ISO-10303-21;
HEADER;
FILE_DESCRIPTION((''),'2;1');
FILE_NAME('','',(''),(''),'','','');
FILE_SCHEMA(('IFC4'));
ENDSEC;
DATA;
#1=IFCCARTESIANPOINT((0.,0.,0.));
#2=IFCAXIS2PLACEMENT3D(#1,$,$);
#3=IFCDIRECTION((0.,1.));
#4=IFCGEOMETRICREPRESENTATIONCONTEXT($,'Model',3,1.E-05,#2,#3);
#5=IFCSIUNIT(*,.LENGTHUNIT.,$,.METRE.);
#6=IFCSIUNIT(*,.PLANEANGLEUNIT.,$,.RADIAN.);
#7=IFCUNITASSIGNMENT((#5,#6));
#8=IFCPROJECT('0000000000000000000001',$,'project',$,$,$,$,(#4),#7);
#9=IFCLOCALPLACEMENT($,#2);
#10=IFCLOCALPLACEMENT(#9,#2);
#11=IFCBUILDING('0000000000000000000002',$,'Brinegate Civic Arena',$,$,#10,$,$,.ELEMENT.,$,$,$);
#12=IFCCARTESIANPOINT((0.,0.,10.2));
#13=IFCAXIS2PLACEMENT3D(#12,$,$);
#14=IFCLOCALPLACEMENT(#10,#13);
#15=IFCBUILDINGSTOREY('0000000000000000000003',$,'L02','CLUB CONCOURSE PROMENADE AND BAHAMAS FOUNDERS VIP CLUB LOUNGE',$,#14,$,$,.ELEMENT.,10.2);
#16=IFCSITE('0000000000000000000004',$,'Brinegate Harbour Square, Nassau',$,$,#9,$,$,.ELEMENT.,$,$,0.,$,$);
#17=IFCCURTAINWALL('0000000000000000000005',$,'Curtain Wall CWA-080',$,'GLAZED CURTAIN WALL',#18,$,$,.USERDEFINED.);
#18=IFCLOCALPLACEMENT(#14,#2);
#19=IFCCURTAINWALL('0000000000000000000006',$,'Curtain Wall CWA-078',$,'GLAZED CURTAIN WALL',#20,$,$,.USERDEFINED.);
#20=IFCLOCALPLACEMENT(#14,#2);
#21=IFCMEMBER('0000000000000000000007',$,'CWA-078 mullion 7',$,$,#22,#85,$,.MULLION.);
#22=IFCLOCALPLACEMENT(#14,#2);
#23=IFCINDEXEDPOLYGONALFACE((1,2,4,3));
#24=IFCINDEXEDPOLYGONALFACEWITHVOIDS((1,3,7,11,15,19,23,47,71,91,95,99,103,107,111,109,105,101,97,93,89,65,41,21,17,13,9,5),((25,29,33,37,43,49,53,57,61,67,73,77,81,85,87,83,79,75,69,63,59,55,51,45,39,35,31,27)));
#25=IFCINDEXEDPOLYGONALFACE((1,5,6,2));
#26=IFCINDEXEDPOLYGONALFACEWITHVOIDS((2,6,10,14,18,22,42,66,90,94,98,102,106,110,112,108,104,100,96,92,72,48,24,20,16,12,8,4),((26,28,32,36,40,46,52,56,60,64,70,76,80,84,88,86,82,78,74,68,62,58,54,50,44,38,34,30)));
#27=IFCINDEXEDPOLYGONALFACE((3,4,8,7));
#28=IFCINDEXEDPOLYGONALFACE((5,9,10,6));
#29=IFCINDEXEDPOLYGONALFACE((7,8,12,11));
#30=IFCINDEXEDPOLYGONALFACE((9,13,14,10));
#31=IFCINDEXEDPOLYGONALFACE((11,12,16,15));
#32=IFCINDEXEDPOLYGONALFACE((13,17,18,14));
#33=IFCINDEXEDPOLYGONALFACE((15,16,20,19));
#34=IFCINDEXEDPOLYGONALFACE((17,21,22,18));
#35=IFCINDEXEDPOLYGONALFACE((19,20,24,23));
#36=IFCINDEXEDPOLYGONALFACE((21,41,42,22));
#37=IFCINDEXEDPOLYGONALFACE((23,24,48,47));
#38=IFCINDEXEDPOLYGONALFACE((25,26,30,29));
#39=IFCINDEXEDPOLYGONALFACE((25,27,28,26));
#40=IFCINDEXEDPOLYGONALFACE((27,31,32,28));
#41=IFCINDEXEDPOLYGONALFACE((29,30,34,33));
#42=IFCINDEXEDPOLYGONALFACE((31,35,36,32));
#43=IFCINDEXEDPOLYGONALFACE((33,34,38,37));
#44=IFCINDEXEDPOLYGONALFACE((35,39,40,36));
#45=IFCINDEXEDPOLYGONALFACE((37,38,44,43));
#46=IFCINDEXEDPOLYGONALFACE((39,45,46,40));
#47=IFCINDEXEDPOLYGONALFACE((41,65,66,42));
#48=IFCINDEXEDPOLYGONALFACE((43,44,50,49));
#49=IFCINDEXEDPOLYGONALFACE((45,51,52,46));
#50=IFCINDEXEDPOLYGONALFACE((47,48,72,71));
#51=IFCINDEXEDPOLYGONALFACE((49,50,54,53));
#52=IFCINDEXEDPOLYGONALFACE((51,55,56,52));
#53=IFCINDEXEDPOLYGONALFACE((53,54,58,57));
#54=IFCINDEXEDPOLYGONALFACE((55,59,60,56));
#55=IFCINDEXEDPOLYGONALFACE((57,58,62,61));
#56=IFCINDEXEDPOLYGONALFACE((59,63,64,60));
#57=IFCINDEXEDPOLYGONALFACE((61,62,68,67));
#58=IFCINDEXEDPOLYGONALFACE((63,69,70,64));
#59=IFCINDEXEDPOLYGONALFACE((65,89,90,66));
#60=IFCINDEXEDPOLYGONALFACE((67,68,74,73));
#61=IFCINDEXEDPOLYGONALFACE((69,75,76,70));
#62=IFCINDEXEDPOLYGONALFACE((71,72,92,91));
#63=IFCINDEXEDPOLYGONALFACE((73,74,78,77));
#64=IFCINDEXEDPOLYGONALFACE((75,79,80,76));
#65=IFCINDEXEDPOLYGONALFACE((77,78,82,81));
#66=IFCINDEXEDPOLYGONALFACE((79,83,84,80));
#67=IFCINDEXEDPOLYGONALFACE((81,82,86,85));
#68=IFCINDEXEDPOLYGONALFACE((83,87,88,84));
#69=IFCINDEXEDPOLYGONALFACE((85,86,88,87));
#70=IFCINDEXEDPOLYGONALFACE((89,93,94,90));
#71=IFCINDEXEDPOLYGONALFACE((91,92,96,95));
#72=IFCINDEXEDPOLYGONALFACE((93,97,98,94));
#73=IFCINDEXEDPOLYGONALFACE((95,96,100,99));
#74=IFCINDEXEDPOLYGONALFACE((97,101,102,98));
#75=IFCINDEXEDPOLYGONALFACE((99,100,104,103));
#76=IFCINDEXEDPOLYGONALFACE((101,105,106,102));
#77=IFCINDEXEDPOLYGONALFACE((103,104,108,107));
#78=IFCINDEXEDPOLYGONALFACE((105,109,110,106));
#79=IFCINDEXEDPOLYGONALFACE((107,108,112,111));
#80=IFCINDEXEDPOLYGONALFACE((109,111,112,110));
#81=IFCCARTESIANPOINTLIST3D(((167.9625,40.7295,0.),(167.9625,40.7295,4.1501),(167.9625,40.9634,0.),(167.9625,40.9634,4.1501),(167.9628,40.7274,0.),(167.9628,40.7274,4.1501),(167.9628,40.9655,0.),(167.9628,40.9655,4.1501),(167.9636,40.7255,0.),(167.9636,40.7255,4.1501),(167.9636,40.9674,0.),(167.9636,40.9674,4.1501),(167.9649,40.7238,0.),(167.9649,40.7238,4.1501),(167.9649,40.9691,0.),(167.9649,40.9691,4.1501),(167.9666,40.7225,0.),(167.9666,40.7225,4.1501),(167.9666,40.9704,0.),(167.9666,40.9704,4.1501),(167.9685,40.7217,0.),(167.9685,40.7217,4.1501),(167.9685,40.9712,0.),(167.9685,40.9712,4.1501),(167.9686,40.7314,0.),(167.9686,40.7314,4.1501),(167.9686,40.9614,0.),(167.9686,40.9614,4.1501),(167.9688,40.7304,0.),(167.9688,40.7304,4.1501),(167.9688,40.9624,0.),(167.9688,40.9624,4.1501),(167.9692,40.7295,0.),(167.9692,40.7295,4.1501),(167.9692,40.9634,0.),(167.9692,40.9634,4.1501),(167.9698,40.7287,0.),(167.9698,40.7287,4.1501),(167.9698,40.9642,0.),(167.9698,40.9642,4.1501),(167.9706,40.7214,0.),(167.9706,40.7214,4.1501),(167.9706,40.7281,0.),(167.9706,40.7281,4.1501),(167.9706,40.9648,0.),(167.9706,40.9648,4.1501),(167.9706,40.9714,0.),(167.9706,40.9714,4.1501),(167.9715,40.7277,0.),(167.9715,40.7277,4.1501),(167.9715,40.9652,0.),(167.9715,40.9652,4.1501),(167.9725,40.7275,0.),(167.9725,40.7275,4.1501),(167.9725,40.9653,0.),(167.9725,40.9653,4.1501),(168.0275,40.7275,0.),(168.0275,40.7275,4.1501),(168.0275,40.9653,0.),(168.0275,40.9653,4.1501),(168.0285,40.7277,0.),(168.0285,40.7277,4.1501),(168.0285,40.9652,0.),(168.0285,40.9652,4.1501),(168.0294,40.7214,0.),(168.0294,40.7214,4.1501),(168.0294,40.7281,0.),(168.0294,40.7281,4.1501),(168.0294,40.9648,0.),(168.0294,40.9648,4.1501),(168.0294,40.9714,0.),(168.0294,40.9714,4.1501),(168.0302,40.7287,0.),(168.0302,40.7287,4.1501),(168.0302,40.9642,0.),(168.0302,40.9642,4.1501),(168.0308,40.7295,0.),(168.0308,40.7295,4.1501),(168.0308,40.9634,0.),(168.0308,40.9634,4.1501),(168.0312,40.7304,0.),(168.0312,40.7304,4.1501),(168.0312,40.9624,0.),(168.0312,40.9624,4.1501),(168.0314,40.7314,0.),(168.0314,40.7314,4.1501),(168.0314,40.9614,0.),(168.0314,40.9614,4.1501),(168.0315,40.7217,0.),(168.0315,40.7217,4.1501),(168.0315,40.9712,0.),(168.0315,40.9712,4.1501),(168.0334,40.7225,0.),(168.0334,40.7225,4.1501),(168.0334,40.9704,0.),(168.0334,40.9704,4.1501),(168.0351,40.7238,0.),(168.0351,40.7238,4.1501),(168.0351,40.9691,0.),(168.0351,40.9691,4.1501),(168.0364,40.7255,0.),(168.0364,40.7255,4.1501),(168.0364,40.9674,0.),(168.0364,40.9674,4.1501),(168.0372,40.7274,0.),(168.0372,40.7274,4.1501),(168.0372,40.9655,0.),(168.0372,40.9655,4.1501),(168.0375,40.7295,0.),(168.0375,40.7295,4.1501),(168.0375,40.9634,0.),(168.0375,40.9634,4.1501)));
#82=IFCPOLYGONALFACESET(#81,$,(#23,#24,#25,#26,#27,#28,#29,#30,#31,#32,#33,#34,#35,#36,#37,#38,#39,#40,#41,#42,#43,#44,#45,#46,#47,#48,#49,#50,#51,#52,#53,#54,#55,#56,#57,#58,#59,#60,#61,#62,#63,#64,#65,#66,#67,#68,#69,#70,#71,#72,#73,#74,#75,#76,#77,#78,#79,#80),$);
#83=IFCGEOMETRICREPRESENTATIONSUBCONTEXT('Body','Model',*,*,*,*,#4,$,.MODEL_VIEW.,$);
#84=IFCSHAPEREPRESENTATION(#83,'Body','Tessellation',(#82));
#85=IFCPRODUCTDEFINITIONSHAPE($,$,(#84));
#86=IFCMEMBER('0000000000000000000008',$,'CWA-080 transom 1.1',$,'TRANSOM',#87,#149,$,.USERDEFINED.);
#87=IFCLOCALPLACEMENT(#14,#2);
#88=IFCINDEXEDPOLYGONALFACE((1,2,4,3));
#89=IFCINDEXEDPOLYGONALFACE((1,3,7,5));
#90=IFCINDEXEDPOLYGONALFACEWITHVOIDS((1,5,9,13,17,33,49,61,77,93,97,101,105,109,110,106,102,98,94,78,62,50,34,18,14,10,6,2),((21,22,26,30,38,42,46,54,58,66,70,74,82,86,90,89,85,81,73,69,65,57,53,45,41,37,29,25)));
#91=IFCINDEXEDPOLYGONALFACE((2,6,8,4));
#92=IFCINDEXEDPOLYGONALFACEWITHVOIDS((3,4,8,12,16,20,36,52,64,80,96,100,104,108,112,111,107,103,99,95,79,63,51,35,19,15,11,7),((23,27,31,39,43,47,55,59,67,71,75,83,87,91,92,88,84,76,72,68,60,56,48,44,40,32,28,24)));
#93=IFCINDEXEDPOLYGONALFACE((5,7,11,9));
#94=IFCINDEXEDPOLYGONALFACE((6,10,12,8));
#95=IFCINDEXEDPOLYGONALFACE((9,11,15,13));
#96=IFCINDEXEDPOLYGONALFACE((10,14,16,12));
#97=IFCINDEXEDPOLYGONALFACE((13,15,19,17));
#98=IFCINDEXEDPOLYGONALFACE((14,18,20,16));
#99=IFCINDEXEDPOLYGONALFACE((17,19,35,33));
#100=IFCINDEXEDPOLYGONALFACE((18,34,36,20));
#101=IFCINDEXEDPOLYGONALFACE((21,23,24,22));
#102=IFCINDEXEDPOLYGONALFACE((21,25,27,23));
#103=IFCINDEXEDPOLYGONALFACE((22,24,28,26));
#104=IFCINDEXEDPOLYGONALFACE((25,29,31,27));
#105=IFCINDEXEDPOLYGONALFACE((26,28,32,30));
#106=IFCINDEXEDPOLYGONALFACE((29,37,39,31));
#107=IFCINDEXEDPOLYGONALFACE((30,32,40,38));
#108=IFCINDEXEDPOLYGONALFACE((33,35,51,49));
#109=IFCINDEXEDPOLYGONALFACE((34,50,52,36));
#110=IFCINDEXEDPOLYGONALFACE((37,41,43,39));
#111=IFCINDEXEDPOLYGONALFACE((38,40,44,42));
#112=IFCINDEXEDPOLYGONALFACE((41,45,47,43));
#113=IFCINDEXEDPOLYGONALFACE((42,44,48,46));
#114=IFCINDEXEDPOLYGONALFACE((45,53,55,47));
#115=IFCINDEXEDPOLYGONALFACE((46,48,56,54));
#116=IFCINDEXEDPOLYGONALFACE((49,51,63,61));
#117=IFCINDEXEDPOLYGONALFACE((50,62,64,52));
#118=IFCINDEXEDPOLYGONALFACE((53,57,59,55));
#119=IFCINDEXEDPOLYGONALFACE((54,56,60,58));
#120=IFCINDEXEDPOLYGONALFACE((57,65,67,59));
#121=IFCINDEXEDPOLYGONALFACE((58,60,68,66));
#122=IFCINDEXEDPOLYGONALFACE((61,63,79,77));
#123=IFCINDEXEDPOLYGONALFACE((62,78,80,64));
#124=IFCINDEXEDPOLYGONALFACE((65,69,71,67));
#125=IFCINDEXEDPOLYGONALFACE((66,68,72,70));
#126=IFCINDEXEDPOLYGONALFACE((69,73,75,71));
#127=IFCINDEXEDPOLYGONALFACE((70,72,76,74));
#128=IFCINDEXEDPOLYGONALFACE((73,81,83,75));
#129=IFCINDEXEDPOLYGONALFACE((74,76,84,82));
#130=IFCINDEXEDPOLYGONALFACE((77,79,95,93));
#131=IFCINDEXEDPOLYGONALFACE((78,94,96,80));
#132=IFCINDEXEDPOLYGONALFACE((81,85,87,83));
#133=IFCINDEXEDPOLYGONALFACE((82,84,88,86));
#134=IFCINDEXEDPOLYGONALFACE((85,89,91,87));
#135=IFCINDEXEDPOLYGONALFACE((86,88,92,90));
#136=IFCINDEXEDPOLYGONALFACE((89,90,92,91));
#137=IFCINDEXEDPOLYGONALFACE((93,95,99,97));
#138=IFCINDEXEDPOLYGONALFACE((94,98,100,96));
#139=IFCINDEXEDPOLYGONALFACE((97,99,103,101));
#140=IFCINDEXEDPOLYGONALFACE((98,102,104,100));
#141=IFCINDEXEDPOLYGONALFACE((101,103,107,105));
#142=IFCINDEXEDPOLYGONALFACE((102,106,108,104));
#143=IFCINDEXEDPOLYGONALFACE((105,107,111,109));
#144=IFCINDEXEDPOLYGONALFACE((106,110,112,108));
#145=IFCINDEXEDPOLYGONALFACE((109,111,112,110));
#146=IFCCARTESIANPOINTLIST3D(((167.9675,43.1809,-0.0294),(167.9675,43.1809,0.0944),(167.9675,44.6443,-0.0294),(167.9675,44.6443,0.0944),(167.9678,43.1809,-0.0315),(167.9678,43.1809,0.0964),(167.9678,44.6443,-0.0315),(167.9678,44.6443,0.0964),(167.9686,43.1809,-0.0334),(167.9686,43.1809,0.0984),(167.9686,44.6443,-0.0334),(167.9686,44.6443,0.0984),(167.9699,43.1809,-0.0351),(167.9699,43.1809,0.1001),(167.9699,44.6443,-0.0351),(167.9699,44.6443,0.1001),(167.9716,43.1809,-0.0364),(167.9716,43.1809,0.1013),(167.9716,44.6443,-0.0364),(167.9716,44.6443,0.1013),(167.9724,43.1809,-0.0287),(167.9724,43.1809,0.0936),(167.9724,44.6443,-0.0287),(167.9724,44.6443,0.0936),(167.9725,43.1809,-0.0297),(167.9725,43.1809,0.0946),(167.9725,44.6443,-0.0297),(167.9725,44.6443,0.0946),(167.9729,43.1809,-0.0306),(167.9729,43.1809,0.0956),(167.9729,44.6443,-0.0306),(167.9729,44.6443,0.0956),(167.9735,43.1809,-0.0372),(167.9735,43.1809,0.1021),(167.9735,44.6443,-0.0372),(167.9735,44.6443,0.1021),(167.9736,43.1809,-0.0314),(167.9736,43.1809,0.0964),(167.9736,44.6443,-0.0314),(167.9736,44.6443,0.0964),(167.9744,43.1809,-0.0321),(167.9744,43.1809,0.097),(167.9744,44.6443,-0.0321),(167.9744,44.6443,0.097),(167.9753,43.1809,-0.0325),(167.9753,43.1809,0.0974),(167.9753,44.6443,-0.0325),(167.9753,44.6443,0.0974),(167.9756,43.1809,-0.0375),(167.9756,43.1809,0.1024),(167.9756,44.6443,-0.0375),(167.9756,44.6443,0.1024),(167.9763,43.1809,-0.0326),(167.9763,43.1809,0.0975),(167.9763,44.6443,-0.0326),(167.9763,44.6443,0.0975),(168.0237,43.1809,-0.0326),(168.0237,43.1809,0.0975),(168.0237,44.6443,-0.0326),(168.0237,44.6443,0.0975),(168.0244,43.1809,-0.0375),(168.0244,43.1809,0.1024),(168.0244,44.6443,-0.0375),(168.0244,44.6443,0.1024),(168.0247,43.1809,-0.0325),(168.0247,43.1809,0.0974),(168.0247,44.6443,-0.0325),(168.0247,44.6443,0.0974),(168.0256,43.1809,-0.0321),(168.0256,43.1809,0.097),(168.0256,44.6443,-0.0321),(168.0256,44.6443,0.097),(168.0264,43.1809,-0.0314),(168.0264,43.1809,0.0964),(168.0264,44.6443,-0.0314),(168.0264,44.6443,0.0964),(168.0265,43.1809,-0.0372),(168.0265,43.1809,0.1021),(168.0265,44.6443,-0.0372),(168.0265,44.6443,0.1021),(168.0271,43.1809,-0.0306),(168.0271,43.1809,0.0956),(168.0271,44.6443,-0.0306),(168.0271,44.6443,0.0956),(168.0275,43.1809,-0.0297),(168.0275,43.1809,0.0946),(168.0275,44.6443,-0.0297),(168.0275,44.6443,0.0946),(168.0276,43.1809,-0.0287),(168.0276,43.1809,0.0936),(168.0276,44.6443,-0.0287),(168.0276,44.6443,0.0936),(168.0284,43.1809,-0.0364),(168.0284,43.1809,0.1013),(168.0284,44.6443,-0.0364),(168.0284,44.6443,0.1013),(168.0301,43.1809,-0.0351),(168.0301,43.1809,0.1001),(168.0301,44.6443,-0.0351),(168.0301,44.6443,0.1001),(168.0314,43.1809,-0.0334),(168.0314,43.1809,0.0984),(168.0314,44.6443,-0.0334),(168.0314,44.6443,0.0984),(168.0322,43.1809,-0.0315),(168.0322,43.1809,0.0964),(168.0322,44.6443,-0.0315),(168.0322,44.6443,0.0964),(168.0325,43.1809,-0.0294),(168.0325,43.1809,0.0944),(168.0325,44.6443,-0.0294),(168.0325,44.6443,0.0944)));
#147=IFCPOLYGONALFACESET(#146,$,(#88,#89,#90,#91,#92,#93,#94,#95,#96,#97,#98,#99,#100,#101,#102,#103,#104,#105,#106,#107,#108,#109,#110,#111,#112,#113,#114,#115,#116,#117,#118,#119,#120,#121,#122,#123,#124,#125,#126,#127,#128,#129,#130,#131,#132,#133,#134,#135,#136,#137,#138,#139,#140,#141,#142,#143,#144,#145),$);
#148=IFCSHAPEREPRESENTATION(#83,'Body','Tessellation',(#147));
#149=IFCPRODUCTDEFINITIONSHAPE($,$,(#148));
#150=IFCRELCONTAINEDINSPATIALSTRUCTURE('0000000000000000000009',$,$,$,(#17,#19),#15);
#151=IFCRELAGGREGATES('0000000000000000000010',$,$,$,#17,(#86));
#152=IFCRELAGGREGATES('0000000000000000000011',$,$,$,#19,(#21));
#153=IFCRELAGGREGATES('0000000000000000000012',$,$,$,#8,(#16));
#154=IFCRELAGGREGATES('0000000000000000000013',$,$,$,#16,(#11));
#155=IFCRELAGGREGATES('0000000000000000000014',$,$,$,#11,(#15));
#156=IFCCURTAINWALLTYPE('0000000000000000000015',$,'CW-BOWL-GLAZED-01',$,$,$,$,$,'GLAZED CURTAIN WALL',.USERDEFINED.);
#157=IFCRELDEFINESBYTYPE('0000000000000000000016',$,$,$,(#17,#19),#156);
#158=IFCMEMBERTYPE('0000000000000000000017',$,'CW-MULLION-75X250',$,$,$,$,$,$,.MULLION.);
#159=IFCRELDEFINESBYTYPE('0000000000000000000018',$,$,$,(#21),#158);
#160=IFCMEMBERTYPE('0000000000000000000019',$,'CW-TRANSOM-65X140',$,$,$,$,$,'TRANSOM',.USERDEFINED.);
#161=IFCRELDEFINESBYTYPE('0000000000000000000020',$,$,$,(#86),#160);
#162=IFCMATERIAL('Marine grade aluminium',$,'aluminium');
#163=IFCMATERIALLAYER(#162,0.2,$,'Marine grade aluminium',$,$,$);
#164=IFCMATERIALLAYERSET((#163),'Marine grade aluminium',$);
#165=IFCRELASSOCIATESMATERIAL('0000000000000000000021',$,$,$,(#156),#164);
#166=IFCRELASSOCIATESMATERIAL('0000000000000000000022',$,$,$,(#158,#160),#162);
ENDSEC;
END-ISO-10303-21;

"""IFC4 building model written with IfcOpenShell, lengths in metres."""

from ifc_helpers import new_model, si_unit, direction, frame, origin, origin_2d, place, context, subcontext, project, spatial, hollow_rectangle, extrude, material, layer, layer_set, material_profile, profile_set, type_object, element, aggregate, save


model = new_model("IFC4")

# Units and contexts
model_context = context("Model", 3, precision=1e-05, world=origin(), true_north=direction((0.0, 1.0)))
body_context = subcontext(model_context, "Body", "Model", "MODEL_VIEW")
ifc_project = project(units=[si_unit("LENGTHUNIT", "METRE"), si_unit("PLANEANGLEUNIT", "RADIAN")], contexts=[model_context])

# Site, building, storey
site_placement = place(None, origin())
site = spatial("IfcSite", under=ifc_project, at=site_placement, Name="Brinegate Harbour Square, Nassau", CompositionType="ELEMENT", RefElevation=0.0)
building_placement = place(site_placement, origin())
building = spatial("IfcBuilding", under=site, at=building_placement, Name="Brinegate Civic Arena", CompositionType="ELEMENT")
storey_placement = place(building_placement, frame((0.0, 0.0, 10.2)))
storey = spatial("IfcBuildingStorey", under=building, at=storey_placement, Name="L02", Description="CLUB CONCOURSE PROMENADE AND BAHAMAS FOUNDERS VIP CLUB LOUNGE", CompositionType="ELEMENT", Elevation=10.2)

# Curtain walls, member
ifc_material_1 = material(Name="Marine grade aluminium", Category="aluminium")
ifc_layer_1 = layer(ifc_material_1, 0.2, Name="Marine grade aluminium")
ifc_layer_set_1 = layer_set([ifc_layer_1], Name="Marine grade aluminium")
curtain_wall_type = type_object("IfcCurtainWallType", Name="CW-BOWL-GLAZED-01", ElementType="GLAZED CURTAIN WALL", PredefinedType="USERDEFINED", material=ifc_layer_set_1)
curtain_wall_1_placement = place(storey_placement, origin())
curtain_wall_1 = element("IfcCurtainWall", 1, at=curtain_wall_1_placement, inside=storey, type_object=curtain_wall_type, Name="Curtain Wall CWA-080", ObjectType="GLAZED CURTAIN WALL", PredefinedType="USERDEFINED")
curtain_wall_2_placement = place(storey_placement, origin())
curtain_wall_2 = element("IfcCurtainWall", 2, at=curtain_wall_2_placement, inside=storey, type_object=curtain_wall_type, Name="Curtain Wall CWA-078", ObjectType="GLAZED CURTAIN WALL", PredefinedType="USERDEFINED")
ifc_material_profile_1 = material_profile(ifc_material_1, hollow_rectangle(XDim=0.075, YDim=0.25, WallThickness=0.0061, InnerFilletRadius=0.0039, OuterFilletRadius=0.0081, at=origin_2d()), Name="MUL75X250")
ifc_profile_set_1 = profile_set([ifc_material_profile_1], Name="Marine grade aluminium")
member_type_1 = type_object("IfcMemberType", Name="CW-MULLION-75X250", PredefinedType="MULLION", material=ifc_profile_set_1)
member_1_placement = place(storey_placement, frame((168.0, 40.8464, 0.0), z_axis=(0.0, 0.0, 1.0), x_axis=(-1.0, 0.0, 0.0)))
member_1 = element("IfcMember", 3, at=member_1_placement, type_object=member_type_1, Name="CWA-078 mullion 7", PredefinedType="MULLION", context=body_context, shape_type="SweptSolid", body=[
    extrude(hollow_rectangle(XDim=0.075, YDim=0.25, WallThickness=0.0061, InnerFilletRadius=0.0039, OuterFilletRadius=0.0081, at=origin_2d()), origin(), (0.0, 0.0, 1.0), 4.1501),
])

# Member
ifc_material_profile_2 = material_profile(ifc_material_1, hollow_rectangle(XDim=0.0649, YDim=0.1399, WallThickness=0.0049, InnerFilletRadius=0.0039, OuterFilletRadius=0.0081, at=origin_2d()), Name="TRN65X140")
ifc_profile_set_2 = profile_set([ifc_material_profile_2], Name="Marine grade aluminium")
member_type_2 = type_object("IfcMemberType", Name="CW-TRANSOM-65X140", ElementType="TRANSOM", PredefinedType="USERDEFINED", material=ifc_profile_set_2)
member_2_placement = place(storey_placement, frame((168.0, 43.1809, 0.0325), z_axis=(0.0, 1.0, 0.0), x_axis=(-1.0, 0.0, 0.0)))
member_2 = element("IfcMember", 4, at=member_2_placement, type_object=member_type_2, Name="CWA-080 transom 1.1", ObjectType="TRANSOM", PredefinedType="USERDEFINED", context=body_context, shape_type="SweptSolid", body=[
    extrude(hollow_rectangle(XDim=0.0649, YDim=0.1399, WallThickness=0.0049, InnerFilletRadius=0.0039, OuterFilletRadius=0.0081, at=origin_2d()), origin(), (0.0, 0.0, 1.0), 1.4634),
])

aggregate(curtain_wall_1, [member_2])
aggregate(curtain_wall_2, [member_1])

save(model, "model.ifc")
